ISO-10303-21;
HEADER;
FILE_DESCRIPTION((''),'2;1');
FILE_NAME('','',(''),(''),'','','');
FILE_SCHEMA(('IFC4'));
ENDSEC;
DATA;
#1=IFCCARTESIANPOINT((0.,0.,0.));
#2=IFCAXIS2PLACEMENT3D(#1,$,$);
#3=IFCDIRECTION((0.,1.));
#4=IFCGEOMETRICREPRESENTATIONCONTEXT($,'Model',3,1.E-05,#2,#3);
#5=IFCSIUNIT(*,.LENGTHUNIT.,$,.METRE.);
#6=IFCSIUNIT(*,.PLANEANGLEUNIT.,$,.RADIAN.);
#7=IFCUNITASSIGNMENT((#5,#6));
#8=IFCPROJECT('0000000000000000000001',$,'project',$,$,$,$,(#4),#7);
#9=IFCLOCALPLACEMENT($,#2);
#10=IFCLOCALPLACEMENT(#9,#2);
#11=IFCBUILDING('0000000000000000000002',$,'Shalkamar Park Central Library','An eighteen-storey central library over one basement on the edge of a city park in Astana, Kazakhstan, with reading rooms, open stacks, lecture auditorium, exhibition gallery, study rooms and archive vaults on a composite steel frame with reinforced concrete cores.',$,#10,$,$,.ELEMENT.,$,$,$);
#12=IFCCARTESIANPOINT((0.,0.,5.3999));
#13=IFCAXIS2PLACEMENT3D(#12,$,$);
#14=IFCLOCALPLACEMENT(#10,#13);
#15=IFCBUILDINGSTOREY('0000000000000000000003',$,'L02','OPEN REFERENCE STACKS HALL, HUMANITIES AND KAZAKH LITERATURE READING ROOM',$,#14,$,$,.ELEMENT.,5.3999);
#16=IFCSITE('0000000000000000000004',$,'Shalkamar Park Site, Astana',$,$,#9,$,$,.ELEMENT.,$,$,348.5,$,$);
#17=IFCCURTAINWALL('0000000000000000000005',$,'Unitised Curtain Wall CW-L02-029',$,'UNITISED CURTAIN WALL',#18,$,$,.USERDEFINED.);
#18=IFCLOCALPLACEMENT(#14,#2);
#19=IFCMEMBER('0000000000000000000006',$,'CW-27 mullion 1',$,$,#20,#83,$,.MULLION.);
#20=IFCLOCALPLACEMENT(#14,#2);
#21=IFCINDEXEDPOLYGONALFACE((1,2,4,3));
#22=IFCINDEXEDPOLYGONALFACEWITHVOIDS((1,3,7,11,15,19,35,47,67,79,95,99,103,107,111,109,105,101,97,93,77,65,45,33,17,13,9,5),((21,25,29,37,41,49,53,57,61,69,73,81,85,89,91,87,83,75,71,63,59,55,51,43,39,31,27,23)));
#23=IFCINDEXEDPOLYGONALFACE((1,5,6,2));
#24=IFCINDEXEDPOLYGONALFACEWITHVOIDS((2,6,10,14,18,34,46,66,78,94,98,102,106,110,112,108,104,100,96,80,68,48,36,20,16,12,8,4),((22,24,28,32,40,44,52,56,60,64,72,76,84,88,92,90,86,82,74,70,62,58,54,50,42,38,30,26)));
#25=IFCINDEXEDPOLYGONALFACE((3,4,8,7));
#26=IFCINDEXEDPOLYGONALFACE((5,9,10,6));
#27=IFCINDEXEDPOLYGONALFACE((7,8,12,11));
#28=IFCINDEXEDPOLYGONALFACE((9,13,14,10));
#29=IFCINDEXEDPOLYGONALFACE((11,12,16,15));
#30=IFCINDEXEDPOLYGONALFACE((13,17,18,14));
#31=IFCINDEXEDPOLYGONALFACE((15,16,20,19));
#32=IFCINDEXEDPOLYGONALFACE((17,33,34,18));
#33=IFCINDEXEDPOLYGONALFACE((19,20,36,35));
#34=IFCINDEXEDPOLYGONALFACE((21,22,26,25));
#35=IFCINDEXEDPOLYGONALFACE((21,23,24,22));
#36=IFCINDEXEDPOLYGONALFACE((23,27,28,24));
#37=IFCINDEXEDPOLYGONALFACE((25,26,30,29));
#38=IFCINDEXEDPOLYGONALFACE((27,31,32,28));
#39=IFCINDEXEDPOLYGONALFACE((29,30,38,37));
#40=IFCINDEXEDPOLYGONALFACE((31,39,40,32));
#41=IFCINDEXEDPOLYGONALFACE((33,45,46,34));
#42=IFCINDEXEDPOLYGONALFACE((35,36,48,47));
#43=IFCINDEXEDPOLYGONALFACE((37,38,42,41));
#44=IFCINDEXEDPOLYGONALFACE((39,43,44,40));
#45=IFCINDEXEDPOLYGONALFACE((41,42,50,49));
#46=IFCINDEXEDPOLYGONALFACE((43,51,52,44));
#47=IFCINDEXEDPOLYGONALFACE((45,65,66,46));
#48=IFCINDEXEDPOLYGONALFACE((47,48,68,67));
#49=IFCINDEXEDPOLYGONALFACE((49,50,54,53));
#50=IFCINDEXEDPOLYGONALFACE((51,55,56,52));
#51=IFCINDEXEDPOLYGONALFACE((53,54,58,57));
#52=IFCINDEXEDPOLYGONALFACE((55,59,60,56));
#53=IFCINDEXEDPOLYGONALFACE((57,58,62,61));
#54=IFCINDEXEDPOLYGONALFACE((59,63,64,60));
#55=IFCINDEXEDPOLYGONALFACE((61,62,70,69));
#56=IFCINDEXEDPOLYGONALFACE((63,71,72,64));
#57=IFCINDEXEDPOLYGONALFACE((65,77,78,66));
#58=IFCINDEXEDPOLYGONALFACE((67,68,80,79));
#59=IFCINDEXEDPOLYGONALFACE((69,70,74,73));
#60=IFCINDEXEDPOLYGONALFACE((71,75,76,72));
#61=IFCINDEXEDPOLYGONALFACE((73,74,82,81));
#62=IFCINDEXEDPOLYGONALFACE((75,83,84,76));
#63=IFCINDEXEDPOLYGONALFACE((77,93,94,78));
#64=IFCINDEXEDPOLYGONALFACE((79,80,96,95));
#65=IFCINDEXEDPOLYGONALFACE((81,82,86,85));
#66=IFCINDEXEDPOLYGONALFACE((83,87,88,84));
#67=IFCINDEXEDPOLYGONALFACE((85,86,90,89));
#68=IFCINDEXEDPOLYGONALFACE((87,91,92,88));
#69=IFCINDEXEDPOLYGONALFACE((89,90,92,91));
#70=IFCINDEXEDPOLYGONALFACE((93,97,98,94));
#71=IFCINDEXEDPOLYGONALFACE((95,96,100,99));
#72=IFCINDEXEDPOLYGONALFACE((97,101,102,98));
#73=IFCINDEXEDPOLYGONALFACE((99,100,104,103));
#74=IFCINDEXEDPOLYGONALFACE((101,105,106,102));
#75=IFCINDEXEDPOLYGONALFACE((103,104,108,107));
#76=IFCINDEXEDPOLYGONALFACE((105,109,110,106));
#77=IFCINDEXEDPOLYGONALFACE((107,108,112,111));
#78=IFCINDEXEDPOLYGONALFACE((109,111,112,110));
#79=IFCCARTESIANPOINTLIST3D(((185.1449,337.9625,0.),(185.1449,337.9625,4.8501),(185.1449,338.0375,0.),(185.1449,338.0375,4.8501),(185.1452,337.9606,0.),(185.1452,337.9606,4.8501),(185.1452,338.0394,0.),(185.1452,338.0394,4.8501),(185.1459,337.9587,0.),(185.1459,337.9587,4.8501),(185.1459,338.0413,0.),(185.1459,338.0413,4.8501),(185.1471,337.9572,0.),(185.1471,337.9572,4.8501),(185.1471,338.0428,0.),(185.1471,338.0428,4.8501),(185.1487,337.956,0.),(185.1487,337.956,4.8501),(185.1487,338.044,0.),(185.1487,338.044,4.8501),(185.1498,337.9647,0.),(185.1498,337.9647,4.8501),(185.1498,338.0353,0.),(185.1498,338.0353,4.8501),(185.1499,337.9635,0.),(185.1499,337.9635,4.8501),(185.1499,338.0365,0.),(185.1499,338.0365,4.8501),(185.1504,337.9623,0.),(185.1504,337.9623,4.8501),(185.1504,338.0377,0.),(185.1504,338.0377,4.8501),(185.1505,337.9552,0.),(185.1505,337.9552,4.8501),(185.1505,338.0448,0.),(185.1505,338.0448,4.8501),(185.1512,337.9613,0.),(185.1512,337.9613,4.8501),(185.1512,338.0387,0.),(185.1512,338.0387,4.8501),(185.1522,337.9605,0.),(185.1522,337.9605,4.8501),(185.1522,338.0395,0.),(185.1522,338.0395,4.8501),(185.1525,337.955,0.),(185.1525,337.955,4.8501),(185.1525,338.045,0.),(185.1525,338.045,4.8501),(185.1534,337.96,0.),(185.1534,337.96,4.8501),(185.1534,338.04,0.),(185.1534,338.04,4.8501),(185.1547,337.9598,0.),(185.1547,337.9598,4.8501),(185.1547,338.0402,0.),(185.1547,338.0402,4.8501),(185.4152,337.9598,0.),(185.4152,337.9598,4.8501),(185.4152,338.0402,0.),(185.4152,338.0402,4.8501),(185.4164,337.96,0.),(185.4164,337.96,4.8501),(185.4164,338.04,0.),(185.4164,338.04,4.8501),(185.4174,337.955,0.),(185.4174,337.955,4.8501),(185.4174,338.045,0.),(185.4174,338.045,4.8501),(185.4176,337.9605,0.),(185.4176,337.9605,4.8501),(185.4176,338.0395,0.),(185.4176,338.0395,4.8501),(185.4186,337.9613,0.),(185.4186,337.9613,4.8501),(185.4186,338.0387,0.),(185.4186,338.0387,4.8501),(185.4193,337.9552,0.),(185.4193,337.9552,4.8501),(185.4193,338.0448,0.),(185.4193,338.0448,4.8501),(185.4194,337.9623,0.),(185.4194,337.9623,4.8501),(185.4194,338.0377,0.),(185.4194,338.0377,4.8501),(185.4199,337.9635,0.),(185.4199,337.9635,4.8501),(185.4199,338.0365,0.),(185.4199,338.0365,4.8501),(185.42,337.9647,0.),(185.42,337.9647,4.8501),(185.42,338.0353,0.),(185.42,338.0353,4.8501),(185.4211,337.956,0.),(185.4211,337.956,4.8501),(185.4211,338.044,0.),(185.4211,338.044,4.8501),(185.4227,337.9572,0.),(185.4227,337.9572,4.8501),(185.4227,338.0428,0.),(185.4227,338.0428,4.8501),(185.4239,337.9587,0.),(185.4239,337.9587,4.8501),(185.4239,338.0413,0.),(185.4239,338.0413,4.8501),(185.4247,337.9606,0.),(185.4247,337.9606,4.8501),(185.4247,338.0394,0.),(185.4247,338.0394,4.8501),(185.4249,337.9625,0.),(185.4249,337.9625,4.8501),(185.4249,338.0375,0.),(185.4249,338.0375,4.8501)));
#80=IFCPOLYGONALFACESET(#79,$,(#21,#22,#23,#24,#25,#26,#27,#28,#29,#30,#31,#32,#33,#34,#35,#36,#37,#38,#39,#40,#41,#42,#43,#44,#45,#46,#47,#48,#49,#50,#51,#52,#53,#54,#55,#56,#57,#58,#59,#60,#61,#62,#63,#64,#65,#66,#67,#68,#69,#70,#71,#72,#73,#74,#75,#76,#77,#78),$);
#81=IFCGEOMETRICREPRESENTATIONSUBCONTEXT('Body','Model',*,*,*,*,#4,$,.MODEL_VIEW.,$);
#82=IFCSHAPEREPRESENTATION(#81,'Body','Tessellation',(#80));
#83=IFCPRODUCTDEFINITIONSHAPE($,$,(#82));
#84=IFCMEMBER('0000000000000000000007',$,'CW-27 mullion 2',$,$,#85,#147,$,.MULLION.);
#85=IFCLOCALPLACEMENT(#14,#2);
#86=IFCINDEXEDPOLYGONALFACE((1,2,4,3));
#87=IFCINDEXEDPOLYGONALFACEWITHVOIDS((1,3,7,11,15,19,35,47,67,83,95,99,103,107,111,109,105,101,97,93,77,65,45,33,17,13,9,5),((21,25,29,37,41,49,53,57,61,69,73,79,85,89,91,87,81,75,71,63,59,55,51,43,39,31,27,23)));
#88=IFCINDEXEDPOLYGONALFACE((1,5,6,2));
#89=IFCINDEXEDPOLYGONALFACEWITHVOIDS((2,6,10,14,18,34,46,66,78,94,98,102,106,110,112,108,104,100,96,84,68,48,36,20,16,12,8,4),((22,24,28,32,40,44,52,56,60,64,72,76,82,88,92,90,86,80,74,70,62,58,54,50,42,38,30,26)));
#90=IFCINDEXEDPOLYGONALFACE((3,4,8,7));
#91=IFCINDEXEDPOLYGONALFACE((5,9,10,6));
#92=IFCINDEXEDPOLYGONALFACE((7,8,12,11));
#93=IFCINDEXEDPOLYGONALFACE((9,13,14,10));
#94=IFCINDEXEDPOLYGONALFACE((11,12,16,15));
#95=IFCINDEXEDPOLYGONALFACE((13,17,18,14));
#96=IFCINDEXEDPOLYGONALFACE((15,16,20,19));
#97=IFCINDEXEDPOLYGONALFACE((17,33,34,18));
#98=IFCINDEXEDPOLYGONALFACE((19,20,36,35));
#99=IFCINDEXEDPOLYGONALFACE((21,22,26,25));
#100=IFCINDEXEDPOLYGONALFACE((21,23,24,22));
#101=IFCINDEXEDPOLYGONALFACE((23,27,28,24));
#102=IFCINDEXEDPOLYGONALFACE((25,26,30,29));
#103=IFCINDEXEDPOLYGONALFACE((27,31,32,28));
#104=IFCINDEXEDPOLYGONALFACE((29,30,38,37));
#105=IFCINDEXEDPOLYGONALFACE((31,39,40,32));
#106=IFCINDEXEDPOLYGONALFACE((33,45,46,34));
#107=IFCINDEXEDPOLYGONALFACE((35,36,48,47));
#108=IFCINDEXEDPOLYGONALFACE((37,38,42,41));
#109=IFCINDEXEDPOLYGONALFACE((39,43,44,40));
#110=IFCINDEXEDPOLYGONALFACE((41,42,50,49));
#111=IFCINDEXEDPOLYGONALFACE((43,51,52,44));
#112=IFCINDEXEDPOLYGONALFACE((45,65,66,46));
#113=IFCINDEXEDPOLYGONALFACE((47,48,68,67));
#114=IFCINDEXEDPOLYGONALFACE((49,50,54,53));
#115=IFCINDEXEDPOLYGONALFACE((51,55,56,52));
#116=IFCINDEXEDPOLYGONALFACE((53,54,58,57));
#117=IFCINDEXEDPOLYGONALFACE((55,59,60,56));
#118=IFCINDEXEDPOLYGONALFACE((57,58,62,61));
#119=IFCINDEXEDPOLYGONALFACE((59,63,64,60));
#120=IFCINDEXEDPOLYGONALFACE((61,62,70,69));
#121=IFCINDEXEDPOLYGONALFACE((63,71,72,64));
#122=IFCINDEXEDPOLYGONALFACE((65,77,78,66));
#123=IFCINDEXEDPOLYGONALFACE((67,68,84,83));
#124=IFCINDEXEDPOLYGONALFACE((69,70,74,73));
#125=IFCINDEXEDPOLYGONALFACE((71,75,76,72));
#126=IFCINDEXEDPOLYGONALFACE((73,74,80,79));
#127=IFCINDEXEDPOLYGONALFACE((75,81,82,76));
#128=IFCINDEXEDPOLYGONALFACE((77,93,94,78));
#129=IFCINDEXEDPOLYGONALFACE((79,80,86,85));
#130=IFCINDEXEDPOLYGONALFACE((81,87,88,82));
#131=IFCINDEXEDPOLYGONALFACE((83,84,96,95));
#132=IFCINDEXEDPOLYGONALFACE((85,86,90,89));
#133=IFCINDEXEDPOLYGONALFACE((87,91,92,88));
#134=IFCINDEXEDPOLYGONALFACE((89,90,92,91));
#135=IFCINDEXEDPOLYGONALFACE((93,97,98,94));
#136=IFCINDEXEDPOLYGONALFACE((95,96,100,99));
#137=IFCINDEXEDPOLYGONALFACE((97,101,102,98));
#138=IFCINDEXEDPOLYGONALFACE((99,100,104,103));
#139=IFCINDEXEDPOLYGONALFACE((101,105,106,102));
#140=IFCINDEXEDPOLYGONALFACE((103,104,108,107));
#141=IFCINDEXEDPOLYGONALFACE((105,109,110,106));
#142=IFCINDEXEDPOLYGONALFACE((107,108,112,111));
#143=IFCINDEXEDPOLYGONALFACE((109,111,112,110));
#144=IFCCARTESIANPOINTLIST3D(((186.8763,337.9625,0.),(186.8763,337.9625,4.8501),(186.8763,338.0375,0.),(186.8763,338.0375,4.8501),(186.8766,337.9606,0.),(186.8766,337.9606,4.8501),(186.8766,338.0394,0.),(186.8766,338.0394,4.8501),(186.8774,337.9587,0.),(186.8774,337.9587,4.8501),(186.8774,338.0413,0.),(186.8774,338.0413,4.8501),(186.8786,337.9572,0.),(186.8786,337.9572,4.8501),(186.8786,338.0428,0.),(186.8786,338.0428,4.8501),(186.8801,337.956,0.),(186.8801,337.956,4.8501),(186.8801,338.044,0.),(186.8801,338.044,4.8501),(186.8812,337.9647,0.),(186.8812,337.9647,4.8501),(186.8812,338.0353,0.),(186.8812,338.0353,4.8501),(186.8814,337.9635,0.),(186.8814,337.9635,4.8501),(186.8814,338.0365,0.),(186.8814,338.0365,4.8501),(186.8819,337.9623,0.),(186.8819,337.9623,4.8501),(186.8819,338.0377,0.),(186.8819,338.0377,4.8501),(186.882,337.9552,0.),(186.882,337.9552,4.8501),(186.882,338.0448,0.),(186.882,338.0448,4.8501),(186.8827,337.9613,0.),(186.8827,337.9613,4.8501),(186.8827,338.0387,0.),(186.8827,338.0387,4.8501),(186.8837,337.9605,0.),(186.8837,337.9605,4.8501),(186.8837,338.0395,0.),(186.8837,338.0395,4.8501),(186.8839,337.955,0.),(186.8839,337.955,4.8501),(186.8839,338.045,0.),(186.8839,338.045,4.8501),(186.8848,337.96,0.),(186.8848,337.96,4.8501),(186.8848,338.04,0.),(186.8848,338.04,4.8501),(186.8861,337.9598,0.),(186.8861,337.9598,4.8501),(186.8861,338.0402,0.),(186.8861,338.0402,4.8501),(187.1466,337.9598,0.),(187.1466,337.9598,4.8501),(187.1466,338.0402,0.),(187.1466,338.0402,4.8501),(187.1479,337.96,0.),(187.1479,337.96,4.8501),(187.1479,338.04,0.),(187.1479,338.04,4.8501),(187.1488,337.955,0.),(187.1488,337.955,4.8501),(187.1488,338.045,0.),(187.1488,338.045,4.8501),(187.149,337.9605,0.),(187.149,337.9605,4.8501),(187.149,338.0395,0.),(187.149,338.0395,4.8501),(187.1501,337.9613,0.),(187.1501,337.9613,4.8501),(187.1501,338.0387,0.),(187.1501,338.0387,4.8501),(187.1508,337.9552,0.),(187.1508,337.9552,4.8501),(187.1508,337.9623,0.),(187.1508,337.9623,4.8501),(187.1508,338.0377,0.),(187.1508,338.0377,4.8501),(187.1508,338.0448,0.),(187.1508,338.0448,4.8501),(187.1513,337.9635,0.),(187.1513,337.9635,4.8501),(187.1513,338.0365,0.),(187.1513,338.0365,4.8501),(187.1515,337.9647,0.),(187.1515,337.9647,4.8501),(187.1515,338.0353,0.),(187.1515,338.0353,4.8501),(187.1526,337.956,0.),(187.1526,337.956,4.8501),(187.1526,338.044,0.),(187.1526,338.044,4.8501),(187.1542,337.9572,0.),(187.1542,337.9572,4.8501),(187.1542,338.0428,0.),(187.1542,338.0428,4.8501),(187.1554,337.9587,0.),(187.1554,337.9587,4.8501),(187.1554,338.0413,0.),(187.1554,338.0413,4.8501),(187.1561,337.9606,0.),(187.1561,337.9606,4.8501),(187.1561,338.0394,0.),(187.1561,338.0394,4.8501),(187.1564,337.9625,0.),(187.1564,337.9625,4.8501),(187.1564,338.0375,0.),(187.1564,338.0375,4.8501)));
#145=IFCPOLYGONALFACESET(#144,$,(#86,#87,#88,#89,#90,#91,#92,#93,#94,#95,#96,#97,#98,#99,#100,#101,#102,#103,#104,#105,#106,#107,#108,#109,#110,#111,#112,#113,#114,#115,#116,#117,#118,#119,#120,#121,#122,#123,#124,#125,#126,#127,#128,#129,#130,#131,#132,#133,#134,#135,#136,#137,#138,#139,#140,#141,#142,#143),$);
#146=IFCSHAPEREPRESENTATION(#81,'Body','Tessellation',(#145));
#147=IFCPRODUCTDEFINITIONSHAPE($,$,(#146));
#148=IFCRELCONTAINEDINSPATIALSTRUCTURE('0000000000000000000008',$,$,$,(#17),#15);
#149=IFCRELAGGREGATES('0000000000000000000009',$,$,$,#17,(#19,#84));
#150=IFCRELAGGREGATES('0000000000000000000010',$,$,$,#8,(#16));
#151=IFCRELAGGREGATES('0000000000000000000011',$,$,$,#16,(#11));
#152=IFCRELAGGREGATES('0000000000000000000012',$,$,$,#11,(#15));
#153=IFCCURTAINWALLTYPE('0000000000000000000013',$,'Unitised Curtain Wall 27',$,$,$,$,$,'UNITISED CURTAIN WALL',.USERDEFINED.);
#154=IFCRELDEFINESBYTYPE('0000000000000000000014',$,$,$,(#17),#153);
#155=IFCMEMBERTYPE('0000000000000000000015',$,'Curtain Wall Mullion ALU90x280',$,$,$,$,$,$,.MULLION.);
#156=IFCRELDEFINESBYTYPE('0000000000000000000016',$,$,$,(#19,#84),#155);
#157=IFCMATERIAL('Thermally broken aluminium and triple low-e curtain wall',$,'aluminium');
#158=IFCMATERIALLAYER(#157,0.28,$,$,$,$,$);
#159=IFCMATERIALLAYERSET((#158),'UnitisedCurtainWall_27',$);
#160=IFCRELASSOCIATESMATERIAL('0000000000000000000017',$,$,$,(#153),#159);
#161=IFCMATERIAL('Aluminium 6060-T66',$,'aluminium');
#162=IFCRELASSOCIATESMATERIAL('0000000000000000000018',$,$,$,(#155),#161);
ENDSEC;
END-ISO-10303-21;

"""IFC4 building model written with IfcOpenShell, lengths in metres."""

from ifc_helpers import new_model, si_unit, direction, frame, origin, origin_2d, place, context, subcontext, project, spatial, hollow_rectangle, extrude, material, layer, layer_set, material_profile, profile_set, type_object, element, aggregate, save


model = new_model("IFC4")

# Units and contexts
model_context = context("Model", 3, precision=1e-05, world=origin(), true_north=direction((0.0, 1.0)))
body_context = subcontext(model_context, "Body", "Model", "MODEL_VIEW")
ifc_project = project(units=[si_unit("LENGTHUNIT", "METRE"), si_unit("PLANEANGLEUNIT", "RADIAN")], contexts=[model_context])

# Site, building, storey
site_placement = place(None, origin())
site = spatial("IfcSite", under=ifc_project, at=site_placement, Name="Shalkamar Park Site, Astana", CompositionType="ELEMENT", RefElevation=348.5)
building_placement = place(site_placement, origin())
building = spatial("IfcBuilding", under=site, at=building_placement, Name="Shalkamar Park Central Library", Description="An eighteen-storey central library over one basement on the edge of a city park in Astana, Kazakhstan, with reading rooms, open stacks, lecture auditorium, exhibition gallery, study rooms and archive vaults on a composite steel frame with reinforced concrete cores.", CompositionType="ELEMENT")
storey_placement = place(building_placement, frame((0.0, 0.0, 5.3999)))
storey = spatial("IfcBuildingStorey", under=building, at=storey_placement, Name="L02", Description="OPEN REFERENCE STACKS HALL, HUMANITIES AND KAZAKH LITERATURE READING ROOM", CompositionType="ELEMENT", Elevation=5.3999)

# Shared definitions
ifc_material_1 = material(Name="Thermally broken aluminium and triple low-e curtain wall", Category="aluminium")
ifc_material_2 = material(Name="Aluminium 6060-T66", Category="aluminium")

# Curtain wall, members
ifc_layer_1 = layer(ifc_material_1, 0.28)
ifc_layer_set_1 = layer_set([ifc_layer_1], Name="UnitisedCurtainWall_27")
curtain_wall_type_1 = type_object("IfcCurtainWallType", Name="Unitised Curtain Wall 27", ElementType="UNITISED CURTAIN WALL", PredefinedType="USERDEFINED", material=ifc_layer_set_1)
curtain_wall_1_placement = place(storey_placement, origin())
curtain_wall_1 = element("IfcCurtainWall", 1, at=curtain_wall_1_placement, inside=storey, type_object=curtain_wall_type_1, Name="Unitised Curtain Wall CW-L02-029", ObjectType="UNITISED CURTAIN WALL", PredefinedType="USERDEFINED")
ifc_material_profile_1 = material_profile(ifc_material_2, hollow_rectangle(XDim=0.0901, YDim=0.28, WallThickness=0.0049, InnerFilletRadius=0.0049, OuterFilletRadius=0.0076, at=origin_2d()), Name="ALU 90x280x5")
ifc_profile_set_1 = profile_set([ifc_material_profile_1], Name="Aluminium 6060-T66")
member_type_1 = type_object("IfcMemberType", Name="Curtain Wall Mullion ALU90x280", PredefinedType="MULLION", material=ifc_profile_set_1)
member_1_placement = place(storey_placement, frame((185.2849, 338.0, 0.0), z_axis=(0.0, 0.0, 1.0), x_axis=(0.0, 1.0, 0.0)))
member_1 = element("IfcMember", 2, at=member_1_placement, type_object=member_type_1, Name="CW-27 mullion 1", PredefinedType="MULLION", context=body_context, shape_type="SweptSolid", body=[
    extrude(hollow_rectangle(XDim=0.0901, YDim=0.28, WallThickness=0.0049, InnerFilletRadius=0.0049, OuterFilletRadius=0.0076, at=origin_2d()), origin(), (0.0, 0.0, 1.0), 4.8501),
])
member_2_placement = place(storey_placement, frame((187.0164, 338.0, 0.0), z_axis=(0.0, 0.0, 1.0), x_axis=(0.0, 1.0, 0.0)))
member_2 = element("IfcMember", 3, at=member_2_placement, type_object=member_type_1, Name="CW-27 mullion 2", PredefinedType="MULLION", context=body_context, shape_type="SweptSolid", body=[
    extrude(hollow_rectangle(XDim=0.0901, YDim=0.28, WallThickness=0.0049, InnerFilletRadius=0.0049, OuterFilletRadius=0.0076, at=origin_2d()), origin(), (0.0, 0.0, 1.0), 4.8501),
])

aggregate(curtain_wall_1, [member_1, member_2])

save(model, "model.ifc")
